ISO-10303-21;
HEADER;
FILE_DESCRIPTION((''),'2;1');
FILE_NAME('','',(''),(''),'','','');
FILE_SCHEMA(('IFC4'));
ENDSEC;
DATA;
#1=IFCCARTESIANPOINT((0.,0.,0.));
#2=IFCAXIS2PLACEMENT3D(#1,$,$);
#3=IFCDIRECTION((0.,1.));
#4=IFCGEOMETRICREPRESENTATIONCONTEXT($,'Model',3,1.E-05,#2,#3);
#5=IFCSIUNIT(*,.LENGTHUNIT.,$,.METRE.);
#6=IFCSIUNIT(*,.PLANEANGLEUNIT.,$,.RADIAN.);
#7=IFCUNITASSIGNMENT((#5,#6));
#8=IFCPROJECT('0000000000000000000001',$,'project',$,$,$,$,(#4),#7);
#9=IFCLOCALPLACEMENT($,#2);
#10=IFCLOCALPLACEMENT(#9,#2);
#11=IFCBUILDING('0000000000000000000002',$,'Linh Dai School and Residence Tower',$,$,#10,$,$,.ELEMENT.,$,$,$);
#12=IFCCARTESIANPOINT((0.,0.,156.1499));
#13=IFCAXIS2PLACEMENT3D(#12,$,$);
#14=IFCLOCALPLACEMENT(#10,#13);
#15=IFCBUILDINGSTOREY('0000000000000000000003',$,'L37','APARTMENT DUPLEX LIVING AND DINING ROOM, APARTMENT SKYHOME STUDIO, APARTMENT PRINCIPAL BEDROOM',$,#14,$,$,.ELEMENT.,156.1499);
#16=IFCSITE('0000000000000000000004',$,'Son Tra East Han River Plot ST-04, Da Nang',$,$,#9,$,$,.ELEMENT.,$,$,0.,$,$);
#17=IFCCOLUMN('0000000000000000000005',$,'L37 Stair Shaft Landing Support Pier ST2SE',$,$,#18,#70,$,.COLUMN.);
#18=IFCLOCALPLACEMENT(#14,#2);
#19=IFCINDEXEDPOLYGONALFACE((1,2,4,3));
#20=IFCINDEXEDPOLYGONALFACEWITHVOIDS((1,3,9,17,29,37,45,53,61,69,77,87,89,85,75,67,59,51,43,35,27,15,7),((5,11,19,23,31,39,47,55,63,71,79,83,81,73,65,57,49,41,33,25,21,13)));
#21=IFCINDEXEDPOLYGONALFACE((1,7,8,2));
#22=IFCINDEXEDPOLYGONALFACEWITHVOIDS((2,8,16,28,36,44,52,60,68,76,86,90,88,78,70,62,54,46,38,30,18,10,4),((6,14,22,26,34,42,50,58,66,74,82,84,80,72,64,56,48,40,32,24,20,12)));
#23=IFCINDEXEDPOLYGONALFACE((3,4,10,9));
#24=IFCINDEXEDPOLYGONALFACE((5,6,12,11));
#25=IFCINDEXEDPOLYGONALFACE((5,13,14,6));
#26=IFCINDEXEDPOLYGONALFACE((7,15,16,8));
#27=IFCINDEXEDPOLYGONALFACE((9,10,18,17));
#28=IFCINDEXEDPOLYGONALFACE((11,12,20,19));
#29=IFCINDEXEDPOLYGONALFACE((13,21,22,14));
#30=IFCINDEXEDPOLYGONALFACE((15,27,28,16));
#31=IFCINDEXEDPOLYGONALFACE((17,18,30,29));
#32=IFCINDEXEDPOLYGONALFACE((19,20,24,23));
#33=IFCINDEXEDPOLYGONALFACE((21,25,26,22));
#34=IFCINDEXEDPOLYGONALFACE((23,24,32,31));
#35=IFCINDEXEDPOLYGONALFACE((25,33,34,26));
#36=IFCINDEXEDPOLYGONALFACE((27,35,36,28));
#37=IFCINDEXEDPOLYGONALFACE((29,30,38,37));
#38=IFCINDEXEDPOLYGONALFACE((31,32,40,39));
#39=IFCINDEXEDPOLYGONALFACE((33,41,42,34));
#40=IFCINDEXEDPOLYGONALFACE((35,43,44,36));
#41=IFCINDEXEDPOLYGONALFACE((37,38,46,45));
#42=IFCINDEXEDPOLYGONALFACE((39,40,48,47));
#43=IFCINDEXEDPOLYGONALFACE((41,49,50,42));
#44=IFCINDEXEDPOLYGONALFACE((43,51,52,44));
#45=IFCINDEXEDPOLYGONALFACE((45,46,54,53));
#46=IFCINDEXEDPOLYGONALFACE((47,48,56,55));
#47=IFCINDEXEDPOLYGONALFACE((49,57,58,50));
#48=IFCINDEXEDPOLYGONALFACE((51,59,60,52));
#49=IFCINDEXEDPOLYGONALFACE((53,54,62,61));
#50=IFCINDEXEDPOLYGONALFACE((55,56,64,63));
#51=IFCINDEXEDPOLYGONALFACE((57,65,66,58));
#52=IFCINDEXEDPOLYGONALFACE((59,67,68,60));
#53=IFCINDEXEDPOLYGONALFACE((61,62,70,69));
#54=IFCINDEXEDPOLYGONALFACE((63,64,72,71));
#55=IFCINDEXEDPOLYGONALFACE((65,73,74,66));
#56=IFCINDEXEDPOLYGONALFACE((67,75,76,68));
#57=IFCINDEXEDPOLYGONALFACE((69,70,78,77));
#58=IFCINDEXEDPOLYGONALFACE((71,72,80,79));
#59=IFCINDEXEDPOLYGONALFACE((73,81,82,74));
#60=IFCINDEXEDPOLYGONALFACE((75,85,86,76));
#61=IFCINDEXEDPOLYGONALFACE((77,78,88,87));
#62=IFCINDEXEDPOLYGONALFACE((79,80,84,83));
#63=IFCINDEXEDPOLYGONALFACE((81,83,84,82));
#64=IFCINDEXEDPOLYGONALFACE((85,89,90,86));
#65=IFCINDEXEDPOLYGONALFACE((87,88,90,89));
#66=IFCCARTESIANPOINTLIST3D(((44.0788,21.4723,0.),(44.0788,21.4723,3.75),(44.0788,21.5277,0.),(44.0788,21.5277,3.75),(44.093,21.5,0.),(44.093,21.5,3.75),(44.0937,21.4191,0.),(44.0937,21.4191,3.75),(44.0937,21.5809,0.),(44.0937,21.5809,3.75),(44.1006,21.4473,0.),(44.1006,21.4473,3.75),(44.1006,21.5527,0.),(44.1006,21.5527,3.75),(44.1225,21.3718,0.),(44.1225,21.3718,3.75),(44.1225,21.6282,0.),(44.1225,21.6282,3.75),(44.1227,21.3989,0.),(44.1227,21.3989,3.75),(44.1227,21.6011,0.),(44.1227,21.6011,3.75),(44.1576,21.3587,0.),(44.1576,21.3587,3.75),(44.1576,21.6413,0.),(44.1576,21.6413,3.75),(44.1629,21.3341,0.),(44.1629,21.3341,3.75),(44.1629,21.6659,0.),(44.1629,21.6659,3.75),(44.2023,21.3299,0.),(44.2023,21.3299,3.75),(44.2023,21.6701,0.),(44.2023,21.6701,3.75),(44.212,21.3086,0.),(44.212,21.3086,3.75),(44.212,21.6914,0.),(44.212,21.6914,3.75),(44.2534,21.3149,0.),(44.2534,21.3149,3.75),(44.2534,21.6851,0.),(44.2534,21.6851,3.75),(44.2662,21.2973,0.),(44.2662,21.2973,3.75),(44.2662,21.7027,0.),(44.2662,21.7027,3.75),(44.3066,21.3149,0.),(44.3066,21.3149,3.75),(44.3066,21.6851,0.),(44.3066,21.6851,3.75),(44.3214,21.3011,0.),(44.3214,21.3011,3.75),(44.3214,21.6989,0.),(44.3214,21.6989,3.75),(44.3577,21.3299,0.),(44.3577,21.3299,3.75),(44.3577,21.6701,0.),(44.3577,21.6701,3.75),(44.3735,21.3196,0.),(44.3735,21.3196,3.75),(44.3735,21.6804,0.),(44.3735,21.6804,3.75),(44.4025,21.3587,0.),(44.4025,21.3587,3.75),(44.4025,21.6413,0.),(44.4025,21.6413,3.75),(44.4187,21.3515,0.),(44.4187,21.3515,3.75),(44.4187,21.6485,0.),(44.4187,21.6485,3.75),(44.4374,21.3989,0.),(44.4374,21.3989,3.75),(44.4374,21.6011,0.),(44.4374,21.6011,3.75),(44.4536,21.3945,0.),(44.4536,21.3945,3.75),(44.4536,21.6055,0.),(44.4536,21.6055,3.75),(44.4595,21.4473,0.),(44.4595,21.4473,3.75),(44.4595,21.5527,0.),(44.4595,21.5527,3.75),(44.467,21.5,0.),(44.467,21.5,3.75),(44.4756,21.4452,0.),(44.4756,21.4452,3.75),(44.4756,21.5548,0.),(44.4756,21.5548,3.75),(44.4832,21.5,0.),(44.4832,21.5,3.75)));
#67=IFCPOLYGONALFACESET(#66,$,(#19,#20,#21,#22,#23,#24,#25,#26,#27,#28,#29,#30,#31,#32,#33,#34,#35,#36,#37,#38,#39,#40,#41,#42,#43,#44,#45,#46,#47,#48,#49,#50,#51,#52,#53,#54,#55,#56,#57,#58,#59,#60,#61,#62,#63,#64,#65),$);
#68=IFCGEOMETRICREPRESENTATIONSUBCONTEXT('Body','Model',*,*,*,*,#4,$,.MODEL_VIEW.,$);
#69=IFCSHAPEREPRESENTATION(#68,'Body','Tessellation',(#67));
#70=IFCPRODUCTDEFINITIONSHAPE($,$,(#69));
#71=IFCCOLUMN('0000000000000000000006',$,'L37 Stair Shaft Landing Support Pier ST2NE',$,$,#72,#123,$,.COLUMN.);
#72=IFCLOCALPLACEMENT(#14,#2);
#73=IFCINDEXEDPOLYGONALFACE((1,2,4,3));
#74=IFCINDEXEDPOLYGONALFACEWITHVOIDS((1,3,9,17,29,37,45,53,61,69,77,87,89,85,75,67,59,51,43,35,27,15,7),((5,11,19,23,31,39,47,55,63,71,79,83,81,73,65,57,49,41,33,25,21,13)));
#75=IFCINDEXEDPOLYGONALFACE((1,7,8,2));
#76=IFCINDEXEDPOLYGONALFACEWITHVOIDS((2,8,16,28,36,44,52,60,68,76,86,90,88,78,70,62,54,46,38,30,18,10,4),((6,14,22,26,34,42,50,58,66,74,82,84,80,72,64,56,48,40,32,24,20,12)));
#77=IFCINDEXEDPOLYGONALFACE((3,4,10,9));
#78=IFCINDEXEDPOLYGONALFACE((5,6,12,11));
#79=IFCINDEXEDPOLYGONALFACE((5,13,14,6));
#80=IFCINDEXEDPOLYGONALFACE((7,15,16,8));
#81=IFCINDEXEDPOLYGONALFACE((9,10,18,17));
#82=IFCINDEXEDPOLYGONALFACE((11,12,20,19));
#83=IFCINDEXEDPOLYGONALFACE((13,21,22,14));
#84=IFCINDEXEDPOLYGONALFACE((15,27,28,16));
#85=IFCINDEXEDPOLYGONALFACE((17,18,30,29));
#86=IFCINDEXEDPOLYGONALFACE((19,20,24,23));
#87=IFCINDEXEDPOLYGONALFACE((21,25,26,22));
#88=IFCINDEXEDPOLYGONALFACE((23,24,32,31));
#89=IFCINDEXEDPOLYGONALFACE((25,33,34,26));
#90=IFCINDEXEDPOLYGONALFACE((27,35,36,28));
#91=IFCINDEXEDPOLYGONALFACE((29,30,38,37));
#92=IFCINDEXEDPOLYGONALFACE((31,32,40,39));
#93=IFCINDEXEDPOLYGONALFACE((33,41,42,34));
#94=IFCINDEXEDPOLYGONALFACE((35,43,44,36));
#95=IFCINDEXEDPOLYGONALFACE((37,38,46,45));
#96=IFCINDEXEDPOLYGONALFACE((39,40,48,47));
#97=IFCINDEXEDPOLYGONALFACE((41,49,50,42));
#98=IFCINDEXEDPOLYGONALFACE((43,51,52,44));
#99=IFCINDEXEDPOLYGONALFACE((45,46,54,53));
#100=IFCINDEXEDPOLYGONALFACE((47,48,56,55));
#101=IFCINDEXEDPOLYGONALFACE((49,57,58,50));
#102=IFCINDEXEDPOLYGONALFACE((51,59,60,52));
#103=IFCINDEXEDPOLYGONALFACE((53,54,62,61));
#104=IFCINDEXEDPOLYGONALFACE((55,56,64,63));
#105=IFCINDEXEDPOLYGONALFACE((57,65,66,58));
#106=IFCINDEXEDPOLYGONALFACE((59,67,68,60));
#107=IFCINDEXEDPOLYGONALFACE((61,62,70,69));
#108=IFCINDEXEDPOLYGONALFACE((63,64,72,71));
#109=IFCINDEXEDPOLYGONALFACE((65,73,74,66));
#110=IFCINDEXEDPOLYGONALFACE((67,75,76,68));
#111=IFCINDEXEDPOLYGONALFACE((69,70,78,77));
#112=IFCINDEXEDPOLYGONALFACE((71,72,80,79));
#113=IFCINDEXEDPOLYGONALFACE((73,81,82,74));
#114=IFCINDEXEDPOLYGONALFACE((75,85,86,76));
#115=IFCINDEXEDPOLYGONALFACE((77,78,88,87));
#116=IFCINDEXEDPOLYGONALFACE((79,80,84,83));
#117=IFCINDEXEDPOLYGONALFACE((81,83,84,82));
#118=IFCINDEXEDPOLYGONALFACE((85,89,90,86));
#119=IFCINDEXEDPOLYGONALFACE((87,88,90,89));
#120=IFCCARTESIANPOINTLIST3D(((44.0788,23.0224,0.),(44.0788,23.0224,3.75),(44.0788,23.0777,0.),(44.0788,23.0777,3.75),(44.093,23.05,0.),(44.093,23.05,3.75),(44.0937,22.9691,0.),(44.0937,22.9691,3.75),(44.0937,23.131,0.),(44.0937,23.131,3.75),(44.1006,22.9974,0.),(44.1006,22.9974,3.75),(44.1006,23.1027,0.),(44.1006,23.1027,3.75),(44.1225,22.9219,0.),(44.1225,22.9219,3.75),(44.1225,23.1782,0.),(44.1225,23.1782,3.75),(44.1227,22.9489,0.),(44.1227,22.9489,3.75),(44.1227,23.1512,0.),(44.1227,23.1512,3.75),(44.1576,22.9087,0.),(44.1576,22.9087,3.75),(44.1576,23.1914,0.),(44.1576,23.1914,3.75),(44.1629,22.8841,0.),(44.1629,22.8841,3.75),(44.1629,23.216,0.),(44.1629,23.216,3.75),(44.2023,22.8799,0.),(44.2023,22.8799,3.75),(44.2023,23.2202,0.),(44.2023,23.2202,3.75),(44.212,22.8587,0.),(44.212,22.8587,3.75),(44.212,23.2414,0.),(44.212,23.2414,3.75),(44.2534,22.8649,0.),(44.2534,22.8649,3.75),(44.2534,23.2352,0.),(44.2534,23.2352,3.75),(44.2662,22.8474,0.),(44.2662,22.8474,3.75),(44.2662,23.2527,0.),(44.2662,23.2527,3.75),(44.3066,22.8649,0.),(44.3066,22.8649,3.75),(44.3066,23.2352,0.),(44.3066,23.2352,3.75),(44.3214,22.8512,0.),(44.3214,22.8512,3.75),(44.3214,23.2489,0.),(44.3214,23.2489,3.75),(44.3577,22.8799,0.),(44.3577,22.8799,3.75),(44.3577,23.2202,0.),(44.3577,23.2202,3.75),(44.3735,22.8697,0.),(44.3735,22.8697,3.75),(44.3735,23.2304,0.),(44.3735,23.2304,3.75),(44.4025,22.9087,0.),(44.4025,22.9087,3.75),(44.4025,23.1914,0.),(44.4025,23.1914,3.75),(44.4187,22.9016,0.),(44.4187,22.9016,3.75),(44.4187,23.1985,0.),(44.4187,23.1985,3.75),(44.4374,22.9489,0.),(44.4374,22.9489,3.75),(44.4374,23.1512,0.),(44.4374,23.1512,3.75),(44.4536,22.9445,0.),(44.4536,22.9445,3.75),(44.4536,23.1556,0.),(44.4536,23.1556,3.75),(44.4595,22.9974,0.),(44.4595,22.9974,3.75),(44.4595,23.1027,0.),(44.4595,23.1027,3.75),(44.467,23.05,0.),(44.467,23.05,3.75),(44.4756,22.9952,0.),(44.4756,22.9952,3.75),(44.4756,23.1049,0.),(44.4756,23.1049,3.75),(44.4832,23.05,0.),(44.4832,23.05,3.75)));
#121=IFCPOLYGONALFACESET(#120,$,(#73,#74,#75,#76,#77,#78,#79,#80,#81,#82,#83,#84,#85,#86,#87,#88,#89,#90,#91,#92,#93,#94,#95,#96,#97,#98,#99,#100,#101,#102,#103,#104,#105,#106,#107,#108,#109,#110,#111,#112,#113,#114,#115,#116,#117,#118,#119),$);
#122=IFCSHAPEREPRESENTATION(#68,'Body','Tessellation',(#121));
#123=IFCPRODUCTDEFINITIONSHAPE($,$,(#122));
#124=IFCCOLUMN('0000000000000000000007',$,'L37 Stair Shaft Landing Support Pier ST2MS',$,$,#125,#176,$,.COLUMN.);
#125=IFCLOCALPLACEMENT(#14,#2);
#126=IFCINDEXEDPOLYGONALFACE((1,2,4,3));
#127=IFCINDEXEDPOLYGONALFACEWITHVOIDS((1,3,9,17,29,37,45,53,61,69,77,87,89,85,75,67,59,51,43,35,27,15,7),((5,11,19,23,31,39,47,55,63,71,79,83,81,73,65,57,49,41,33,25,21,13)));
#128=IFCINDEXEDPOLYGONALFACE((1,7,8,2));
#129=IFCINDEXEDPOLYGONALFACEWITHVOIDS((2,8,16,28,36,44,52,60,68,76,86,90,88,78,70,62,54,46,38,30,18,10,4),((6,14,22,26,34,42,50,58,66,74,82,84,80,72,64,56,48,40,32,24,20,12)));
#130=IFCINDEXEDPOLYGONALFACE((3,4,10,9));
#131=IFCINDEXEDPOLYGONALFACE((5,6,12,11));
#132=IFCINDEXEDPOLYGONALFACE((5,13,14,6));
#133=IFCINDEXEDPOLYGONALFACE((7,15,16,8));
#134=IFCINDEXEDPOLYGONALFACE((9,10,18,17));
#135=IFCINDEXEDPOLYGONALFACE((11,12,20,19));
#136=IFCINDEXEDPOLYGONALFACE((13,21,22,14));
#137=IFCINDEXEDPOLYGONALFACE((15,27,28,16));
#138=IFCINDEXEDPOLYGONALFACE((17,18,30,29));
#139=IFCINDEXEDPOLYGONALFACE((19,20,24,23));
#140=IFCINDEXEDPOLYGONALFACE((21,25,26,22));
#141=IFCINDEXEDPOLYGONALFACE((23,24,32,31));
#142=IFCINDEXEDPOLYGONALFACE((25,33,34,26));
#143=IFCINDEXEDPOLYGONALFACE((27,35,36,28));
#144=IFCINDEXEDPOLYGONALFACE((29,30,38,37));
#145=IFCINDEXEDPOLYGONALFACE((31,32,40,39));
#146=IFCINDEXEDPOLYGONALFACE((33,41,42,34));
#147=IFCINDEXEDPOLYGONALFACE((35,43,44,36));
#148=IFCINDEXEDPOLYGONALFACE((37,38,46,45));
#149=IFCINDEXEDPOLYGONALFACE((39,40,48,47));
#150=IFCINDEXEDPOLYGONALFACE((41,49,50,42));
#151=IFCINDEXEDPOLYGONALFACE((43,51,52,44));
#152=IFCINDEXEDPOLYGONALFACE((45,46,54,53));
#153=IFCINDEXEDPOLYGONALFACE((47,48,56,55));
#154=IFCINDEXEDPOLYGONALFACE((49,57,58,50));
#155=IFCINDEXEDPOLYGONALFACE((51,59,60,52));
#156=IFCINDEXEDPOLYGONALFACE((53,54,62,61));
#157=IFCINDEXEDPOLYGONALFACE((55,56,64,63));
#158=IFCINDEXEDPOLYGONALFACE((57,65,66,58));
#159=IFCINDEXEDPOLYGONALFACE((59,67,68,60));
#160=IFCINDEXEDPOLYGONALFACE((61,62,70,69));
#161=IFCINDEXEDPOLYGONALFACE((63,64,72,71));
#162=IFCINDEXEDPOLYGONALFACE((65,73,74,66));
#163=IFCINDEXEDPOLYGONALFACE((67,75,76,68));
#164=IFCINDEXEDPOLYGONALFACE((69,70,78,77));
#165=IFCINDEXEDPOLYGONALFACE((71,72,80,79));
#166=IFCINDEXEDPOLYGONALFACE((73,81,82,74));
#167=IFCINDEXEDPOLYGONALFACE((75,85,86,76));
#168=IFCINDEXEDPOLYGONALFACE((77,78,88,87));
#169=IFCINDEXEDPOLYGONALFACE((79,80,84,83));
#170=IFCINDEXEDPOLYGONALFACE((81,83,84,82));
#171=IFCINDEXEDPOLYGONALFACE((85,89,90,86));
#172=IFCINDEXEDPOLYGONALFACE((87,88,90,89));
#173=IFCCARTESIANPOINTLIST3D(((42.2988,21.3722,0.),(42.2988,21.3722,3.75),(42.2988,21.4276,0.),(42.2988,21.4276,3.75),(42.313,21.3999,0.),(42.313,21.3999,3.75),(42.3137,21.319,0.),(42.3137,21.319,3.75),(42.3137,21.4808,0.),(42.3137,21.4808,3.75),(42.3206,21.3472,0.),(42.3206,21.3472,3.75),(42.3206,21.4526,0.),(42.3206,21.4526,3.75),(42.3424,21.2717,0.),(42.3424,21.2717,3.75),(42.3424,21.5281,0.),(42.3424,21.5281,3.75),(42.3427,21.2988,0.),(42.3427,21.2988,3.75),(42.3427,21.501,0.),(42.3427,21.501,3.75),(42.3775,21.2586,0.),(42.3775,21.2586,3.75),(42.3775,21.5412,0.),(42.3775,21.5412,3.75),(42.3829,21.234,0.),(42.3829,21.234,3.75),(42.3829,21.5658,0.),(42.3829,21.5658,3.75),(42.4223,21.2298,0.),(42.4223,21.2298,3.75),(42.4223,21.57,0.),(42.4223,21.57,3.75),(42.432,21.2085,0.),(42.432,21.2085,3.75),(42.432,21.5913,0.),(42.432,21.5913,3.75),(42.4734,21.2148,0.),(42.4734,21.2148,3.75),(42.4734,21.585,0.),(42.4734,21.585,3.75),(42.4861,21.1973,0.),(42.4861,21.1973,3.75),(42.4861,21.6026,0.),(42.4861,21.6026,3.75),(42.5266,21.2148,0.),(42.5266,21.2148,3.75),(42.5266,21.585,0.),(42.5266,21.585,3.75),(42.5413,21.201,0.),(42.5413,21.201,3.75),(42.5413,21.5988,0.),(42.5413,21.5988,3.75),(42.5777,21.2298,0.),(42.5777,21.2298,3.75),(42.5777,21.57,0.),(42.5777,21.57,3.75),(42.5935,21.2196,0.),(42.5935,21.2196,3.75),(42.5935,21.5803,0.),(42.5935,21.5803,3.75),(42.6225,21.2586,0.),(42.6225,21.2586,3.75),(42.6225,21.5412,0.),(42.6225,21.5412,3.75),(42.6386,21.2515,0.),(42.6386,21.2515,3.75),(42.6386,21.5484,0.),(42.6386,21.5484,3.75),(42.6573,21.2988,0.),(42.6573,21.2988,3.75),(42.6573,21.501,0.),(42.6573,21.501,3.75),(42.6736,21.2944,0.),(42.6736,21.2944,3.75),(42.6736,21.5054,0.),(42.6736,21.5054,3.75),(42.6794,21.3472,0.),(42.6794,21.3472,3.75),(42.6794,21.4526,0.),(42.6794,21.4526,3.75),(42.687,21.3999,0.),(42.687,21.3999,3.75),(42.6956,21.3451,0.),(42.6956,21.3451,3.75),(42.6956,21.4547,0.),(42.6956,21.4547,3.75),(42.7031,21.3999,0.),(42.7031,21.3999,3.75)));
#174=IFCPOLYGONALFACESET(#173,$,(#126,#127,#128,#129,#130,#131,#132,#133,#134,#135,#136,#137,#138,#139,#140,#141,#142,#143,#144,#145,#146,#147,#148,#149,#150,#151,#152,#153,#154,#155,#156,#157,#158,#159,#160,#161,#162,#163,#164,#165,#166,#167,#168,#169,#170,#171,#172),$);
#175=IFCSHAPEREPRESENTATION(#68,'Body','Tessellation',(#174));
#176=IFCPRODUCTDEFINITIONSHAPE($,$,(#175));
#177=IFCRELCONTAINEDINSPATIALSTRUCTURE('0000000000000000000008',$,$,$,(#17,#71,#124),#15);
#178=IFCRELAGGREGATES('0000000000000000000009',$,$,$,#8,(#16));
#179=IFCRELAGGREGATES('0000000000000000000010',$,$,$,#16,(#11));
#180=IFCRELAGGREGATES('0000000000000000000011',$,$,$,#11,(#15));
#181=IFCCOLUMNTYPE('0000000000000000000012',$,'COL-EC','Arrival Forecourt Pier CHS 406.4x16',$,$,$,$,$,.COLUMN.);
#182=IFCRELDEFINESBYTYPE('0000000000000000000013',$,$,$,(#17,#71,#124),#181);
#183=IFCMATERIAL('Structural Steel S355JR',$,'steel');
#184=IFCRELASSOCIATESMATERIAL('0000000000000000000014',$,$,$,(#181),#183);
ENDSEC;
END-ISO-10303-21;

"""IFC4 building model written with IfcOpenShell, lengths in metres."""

from ifc_helpers import new_model, si_unit, direction, frame, origin, origin_2d, place, context, subcontext, project, spatial, hollow_circle, extrude, material, material_profile, profile_set, type_object, element, save


model = new_model("IFC4")

# Units and contexts
model_context = context("Model", 3, precision=1e-05, world=origin(), true_north=direction((0.0, 1.0)))
body_context = subcontext(model_context, "Body", "Model", "MODEL_VIEW")
ifc_project = project(units=[si_unit("LENGTHUNIT", "METRE"), si_unit("PLANEANGLEUNIT", "RADIAN")], contexts=[model_context])

# Site, building, storey
site_placement = place(None, origin())
site = spatial("IfcSite", under=ifc_project, at=site_placement, Name="Son Tra East Han River Plot ST-04, Da Nang", CompositionType="ELEMENT", RefElevation=0.0)
building_placement = place(site_placement, origin())
building = spatial("IfcBuilding", under=site, at=building_placement, Name="Linh Dai School and Residence Tower", CompositionType="ELEMENT")
storey_placement = place(building_placement, frame((0.0, 0.0, 156.1499)))
storey = spatial("IfcBuildingStorey", under=building, at=storey_placement, Name="L37", Description="APARTMENT DUPLEX LIVING AND DINING ROOM, APARTMENT SKYHOME STUDIO, APARTMENT PRINCIPAL BEDROOM", CompositionType="ELEMENT", Elevation=156.1499)

# Columns
ifc_material_1 = material(Name="Structural Steel S355JR", Category="steel")
ifc_material_profile_1 = material_profile(ifc_material_1, hollow_circle(Radius=0.2031, WallThickness=0.0161, at=origin_2d()), Name="CHS 406.4x16")
ifc_profile_set_1 = profile_set([ifc_material_profile_1], Name="Structural Steel S355JR")
column_type_1 = type_object("IfcColumnType", Name="COL-EC", Description="Arrival Forecourt Pier CHS 406.4x16", PredefinedType="COLUMN", material=ifc_profile_set_1)
for number, where, z_axis, x_axis, name in (
    (1, (44.28, 21.5, 0.0), (0.0, 0.0, 1.0), (1.0, 0.0, 0.0), "L37 Stair Shaft Landing Support Pier ST2SE"),
    (2, (44.28, 23.05, 0.0), (0.0, 0.0, 1.0), (1.0, 0.0, 0.0), "L37 Stair Shaft Landing Support Pier ST2NE"),
    (3, (42.5, 21.3999, 0.0), (0.0, 0.0, 1.0), (1.0, 0.0, 0.0), "L37 Stair Shaft Landing Support Pier ST2MS"),
):
    element("IfcColumn", number, at=place(storey_placement, frame(where, z_axis=z_axis, x_axis=x_axis)), inside=storey, type_object=column_type_1, Name=name, PredefinedType="COLUMN", context=body_context, shape_type="SweptSolid", body=[
        extrude(hollow_circle(Radius=0.2031, WallThickness=0.0161, at=origin_2d()), origin(), (0.0, 0.0, 1.0), 3.75),
    ])

save(model, "model.ifc")
